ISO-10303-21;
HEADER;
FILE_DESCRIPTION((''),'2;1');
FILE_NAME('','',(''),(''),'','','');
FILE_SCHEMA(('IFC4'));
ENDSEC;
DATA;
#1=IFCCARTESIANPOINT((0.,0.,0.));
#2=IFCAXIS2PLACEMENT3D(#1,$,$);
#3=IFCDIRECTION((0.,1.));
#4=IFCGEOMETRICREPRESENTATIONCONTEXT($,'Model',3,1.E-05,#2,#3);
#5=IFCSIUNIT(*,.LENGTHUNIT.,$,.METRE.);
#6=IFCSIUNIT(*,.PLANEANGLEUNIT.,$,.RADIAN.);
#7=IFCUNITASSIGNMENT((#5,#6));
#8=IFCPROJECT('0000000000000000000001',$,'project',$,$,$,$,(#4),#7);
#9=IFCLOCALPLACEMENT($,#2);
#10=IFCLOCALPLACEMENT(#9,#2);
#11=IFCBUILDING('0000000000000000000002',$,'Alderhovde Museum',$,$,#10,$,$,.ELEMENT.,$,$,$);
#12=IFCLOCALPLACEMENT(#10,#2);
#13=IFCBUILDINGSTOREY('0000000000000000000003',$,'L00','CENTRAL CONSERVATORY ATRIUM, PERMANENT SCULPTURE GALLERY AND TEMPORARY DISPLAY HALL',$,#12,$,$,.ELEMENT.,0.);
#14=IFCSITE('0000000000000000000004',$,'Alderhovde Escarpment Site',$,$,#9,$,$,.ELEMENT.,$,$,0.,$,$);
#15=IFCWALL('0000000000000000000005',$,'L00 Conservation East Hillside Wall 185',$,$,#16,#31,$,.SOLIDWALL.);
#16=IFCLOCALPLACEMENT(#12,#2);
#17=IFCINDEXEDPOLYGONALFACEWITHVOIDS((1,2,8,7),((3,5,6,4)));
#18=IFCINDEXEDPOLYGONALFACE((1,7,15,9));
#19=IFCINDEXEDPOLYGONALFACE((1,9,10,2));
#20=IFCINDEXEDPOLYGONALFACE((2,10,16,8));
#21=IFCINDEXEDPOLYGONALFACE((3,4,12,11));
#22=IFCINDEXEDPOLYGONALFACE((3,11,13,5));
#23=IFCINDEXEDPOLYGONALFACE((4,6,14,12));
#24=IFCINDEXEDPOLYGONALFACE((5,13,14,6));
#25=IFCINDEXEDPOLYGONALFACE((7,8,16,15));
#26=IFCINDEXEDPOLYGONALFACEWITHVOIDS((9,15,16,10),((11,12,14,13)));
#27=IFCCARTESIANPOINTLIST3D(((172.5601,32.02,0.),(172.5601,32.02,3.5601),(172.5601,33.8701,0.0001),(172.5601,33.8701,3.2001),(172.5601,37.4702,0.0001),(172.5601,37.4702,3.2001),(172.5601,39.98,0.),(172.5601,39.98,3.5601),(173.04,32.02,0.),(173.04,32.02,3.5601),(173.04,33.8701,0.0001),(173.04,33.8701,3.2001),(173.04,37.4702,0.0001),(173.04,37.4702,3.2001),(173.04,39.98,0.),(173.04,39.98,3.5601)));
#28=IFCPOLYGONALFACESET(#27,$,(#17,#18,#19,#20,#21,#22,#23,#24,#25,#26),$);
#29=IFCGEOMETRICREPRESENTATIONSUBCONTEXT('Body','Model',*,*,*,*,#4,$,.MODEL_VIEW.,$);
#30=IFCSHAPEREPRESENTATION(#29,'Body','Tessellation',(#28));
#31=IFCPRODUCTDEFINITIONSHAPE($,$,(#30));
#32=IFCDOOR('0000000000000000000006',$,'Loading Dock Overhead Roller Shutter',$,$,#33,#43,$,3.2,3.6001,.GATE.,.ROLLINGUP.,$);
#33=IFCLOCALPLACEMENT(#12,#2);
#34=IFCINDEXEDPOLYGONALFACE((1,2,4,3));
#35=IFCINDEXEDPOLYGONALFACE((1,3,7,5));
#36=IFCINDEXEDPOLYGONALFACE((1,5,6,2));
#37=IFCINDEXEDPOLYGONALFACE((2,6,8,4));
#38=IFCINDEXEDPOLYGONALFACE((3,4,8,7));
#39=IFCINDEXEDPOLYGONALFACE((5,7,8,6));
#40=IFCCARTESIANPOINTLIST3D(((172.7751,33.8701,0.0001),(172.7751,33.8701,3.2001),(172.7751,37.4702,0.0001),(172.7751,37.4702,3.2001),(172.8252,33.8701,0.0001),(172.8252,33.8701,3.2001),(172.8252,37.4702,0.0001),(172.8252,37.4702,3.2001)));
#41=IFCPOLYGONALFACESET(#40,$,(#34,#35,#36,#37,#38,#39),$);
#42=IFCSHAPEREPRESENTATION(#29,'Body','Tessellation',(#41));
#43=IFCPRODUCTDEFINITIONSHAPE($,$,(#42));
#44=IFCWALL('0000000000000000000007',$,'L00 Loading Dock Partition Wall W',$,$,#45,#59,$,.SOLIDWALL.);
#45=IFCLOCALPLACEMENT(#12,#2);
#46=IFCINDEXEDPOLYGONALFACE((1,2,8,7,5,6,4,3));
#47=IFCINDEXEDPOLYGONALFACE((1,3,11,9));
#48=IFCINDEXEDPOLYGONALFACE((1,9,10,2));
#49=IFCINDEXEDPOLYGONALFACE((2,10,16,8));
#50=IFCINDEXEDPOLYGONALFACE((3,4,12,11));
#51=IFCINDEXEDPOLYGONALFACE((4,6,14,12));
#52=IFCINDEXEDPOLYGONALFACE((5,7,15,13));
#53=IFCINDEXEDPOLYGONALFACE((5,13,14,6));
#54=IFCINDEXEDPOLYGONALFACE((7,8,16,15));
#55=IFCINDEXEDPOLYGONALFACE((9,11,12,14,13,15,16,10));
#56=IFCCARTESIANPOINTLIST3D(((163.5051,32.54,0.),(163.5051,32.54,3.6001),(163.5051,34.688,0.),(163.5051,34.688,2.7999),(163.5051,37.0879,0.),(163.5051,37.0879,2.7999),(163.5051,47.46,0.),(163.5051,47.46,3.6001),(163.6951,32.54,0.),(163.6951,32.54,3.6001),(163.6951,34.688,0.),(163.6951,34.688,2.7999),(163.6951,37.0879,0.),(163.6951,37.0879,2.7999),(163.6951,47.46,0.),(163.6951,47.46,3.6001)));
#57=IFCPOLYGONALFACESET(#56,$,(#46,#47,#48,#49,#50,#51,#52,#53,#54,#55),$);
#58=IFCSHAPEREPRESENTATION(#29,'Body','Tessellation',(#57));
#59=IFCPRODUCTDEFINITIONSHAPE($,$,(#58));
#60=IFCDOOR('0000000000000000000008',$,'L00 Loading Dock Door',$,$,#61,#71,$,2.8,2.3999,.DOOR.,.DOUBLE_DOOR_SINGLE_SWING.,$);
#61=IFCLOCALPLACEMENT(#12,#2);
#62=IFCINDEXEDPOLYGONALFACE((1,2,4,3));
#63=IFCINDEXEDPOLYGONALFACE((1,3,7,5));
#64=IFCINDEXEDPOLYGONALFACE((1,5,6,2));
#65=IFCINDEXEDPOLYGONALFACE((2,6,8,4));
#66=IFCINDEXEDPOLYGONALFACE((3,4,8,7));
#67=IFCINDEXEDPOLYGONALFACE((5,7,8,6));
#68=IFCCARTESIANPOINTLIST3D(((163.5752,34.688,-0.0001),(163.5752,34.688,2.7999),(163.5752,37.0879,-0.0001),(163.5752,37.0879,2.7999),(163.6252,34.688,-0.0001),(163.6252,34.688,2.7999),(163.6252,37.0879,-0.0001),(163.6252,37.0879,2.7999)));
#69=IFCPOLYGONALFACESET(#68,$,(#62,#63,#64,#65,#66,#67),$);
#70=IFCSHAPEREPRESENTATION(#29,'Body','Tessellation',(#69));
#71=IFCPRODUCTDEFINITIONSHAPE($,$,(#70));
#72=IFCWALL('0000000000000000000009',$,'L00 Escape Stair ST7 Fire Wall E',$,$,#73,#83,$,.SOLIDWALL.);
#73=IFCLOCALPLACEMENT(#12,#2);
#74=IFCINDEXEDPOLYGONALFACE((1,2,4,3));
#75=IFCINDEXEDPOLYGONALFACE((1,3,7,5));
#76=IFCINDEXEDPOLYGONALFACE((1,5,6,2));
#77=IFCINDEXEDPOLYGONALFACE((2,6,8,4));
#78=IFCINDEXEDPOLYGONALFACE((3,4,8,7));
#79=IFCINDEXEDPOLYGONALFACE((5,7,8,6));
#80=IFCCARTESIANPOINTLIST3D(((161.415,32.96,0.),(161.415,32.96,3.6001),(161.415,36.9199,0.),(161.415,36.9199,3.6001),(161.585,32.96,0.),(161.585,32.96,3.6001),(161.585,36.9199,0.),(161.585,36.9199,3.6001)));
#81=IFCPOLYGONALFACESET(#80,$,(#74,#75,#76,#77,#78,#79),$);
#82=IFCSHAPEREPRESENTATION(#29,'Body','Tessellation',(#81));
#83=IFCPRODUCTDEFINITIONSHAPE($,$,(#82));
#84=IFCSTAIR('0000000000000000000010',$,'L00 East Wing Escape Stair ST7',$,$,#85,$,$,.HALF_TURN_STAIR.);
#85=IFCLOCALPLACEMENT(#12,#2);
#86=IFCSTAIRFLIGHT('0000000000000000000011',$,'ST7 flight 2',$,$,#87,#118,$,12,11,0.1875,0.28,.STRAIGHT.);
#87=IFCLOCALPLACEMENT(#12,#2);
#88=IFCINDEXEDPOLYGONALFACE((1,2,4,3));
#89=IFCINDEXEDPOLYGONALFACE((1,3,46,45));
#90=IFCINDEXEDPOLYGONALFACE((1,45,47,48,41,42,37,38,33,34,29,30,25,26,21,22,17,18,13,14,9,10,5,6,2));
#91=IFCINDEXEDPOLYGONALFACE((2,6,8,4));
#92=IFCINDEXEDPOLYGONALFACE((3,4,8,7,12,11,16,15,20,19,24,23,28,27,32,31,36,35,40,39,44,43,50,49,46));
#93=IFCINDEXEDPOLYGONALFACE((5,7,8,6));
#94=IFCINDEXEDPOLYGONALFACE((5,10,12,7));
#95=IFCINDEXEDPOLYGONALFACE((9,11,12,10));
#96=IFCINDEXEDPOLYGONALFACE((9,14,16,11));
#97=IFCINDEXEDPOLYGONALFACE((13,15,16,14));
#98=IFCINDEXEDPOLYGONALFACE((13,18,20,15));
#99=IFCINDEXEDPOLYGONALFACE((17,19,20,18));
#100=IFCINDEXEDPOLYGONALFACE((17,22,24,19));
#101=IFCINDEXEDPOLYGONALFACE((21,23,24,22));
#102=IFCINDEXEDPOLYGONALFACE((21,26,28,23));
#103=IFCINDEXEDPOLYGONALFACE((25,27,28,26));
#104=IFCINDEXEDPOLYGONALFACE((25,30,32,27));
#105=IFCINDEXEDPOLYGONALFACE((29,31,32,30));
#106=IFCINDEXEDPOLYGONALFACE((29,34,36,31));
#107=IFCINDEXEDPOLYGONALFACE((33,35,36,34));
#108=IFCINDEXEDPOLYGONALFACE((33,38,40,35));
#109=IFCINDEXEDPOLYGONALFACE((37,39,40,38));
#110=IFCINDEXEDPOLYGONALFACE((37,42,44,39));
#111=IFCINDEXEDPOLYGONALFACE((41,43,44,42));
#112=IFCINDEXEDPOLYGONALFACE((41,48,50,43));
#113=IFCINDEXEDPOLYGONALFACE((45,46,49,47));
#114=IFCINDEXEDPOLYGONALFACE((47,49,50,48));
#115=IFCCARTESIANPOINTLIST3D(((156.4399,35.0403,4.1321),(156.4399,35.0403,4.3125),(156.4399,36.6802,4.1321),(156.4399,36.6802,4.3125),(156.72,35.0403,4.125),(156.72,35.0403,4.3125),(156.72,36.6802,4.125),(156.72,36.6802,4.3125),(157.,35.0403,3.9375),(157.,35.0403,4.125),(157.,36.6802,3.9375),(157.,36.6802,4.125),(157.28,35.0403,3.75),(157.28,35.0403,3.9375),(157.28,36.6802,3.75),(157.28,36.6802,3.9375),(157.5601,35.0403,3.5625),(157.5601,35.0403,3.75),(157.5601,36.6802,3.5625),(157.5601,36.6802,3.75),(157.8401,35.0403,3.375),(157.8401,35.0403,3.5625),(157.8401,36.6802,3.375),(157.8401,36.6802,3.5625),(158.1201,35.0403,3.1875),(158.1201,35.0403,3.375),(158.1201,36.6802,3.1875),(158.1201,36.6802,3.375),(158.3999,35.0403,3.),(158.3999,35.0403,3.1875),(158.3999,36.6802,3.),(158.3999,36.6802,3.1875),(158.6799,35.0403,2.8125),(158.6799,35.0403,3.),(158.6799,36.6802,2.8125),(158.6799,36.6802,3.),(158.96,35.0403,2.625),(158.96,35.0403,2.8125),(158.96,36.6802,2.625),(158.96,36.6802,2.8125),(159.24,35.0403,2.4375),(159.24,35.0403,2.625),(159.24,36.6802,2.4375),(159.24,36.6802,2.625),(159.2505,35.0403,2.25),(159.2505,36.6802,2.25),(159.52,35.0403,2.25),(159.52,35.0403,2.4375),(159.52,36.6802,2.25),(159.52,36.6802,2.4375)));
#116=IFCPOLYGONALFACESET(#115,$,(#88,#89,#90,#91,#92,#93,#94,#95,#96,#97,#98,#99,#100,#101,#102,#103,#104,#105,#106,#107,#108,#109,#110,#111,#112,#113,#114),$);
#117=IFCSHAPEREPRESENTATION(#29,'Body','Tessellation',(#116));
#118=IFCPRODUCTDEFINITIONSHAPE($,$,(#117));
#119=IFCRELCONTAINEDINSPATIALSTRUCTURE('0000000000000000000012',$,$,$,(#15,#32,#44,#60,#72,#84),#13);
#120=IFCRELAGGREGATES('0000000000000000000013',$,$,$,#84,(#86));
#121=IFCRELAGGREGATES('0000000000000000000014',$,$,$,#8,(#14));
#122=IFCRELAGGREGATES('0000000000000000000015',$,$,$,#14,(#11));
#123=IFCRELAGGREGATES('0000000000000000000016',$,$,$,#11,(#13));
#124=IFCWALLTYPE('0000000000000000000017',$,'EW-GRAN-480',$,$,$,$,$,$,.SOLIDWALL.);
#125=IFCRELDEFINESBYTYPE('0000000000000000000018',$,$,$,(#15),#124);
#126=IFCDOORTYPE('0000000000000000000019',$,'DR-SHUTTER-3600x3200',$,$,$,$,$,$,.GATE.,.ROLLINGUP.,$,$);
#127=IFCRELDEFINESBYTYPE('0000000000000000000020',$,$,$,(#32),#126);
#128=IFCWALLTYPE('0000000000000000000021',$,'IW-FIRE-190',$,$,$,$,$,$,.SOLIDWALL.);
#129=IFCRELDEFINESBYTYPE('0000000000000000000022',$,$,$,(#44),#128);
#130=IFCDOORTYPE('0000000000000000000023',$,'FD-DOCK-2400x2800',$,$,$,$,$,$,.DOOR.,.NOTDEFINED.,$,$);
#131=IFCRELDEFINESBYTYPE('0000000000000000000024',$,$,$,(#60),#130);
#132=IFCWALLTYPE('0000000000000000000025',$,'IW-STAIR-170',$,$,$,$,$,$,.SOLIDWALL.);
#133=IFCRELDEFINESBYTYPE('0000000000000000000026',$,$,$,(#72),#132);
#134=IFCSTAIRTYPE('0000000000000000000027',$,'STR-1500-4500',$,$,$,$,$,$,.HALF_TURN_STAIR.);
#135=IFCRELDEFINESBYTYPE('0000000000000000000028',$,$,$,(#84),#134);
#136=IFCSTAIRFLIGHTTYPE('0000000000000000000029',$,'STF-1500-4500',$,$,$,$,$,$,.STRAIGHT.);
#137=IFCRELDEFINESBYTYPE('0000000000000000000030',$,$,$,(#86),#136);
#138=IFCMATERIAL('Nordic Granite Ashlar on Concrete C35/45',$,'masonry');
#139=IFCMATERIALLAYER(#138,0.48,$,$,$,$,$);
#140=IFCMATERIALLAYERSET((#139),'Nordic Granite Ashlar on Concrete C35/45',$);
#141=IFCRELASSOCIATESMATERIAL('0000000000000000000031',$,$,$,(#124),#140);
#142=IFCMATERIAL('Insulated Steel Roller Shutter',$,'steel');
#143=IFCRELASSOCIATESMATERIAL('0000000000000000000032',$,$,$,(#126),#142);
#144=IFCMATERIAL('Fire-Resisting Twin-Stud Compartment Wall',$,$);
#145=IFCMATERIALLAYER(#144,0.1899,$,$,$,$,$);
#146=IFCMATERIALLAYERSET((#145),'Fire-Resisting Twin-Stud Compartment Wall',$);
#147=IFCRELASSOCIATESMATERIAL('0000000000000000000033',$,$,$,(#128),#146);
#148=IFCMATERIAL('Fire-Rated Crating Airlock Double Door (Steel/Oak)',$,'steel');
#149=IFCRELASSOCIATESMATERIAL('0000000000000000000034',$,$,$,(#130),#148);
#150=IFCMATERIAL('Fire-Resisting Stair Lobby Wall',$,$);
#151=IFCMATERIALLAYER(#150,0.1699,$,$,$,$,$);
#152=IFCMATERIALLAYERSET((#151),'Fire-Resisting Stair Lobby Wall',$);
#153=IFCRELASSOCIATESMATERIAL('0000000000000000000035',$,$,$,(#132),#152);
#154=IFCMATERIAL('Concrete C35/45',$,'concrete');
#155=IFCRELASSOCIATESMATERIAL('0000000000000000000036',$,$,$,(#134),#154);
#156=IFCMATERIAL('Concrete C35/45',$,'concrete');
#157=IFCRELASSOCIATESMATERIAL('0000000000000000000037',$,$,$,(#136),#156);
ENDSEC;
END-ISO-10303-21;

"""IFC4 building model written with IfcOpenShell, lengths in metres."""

from ifc_helpers import new_model, si_unit, direction, frame, frame_2d, origin, place, context, subcontext, project, spatial, polyline, rectangle, outline, extrude, material, layer, layer_set, type_object, element, fill, aggregate, save


model = new_model("IFC4")

# Units and contexts
model_context = context("Model", 3, precision=1e-05, world=origin(), true_north=direction((0.0, 1.0)))
body_context = subcontext(model_context, "Body", "Model", "MODEL_VIEW")
ifc_project = project(units=[si_unit("LENGTHUNIT", "METRE"), si_unit("PLANEANGLEUNIT", "RADIAN")], contexts=[model_context])

# Site, building, storey
site_placement = place(None, origin())
site = spatial("IfcSite", under=ifc_project, at=site_placement, Name="Alderhovde Escarpment Site", CompositionType="ELEMENT", RefElevation=0.0)
building_placement = place(site_placement, origin())
building = spatial("IfcBuilding", under=site, at=building_placement, Name="Alderhovde Museum", CompositionType="ELEMENT")
storey_placement = place(building_placement, origin())
storey = spatial("IfcBuildingStorey", under=building, at=storey_placement, Name="L00", Description="CENTRAL CONSERVATORY ATRIUM, PERMANENT SCULPTURE GALLERY AND TEMPORARY DISPLAY HALL", CompositionType="ELEMENT", Elevation=0.0)

# Shared definitions
ifc_material_1 = material(Name="Nordic Granite Ashlar on Concrete C35/45", Category="masonry")
ifc_layer_1 = layer(ifc_material_1, 0.48)
ifc_layer_set_1 = layer_set([ifc_layer_1], Name="Nordic Granite Ashlar on Concrete C35/45")
wall_type_1 = type_object("IfcWallType", Name="EW-GRAN-480", PredefinedType="SOLIDWALL", material=ifc_layer_set_1)

# Walls, openings, doors
wall_1_placement = place(storey_placement, frame((172.8, 32.02, 0.0), z_axis=(0.0, 0.0, 1.0), x_axis=(0.0, 1.0, 0.0)))
wall_1 = element("IfcWall", 1, at=wall_1_placement, inside=storey, type_object=wall_type_1, Name="L00 Conservation East Hillside Wall 185", PredefinedType="SOLIDWALL", context=body_context, shape_type="SweptSolid", body=[
    extrude(rectangle(XDim=7.96, YDim=0.48, at=frame_2d((3.98, 0.0))), origin(), (0.0, 0.0, 1.0), 3.5601),
])
opening_1_placement = place(wall_1_placement, frame((1.8501, 0.0, 0.0)))
opening_1 = element("IfcOpeningElement", 2, at=opening_1_placement, cuts=wall_1, PredefinedType="OPENING", context=body_context, shape_type="SweptSolid", body=[
    extrude(rectangle(XDim=3.6001, YDim=3.2, at=frame_2d((1.8, 1.6001))), frame((0.0, 0.25, 0.0), z_axis=(0.0, -1.0, 0.0), x_axis=(1.0, 0.0, 0.0)), (0.0, 0.0, 1.0), 0.5),
])
ifc_material_2 = material(Name="Insulated Steel Roller Shutter", Category="steel")
door_type_1 = type_object("IfcDoorType", Name="DR-SHUTTER-3600x3200", OperationType="ROLLINGUP", PredefinedType="GATE", material=ifc_material_2)
door_1_placement = place(opening_1_placement, origin())
door_1 = element("IfcDoor", 3, at=door_1_placement, inside=storey, type_object=door_type_1, Name="Loading Dock Overhead Roller Shutter", OperationType="ROLLINGUP", OverallHeight=3.2, OverallWidth=3.6001, PredefinedType="GATE", context=body_context, shape_type="SweptSolid", body=[
    extrude(rectangle(XDim=3.6001, YDim=3.2, at=frame_2d((1.8, 1.6001))), frame((0.0, 0.0249, 0.0), z_axis=(0.0, -1.0, 0.0), x_axis=(1.0, 0.0, 0.0)), (0.0, 0.0, 1.0), 0.05),
])
fill(opening_1, door_1)
ifc_material_3 = material(Name="Fire-Resisting Twin-Stud Compartment Wall")
ifc_layer_2 = layer(ifc_material_3, 0.1899)
ifc_layer_set_2 = layer_set([ifc_layer_2], Name="Fire-Resisting Twin-Stud Compartment Wall")
wall_type_2 = type_object("IfcWallType", Name="IW-FIRE-190", PredefinedType="SOLIDWALL", material=ifc_layer_set_2)
wall_2_placement = place(storey_placement, frame((163.6001, 32.54, 0.0), z_axis=(0.0, 0.0, 1.0), x_axis=(0.0, 1.0, 0.0)))
wall_2 = element("IfcWall", 4, at=wall_2_placement, inside=storey, type_object=wall_type_2, Name="L00 Loading Dock Partition Wall W", PredefinedType="SOLIDWALL", context=body_context, shape_type="SweptSolid", body=[
    extrude(rectangle(XDim=14.9199, YDim=0.1899, at=frame_2d((7.46, 0.0))), origin(), (0.0, 0.0, 1.0), 3.6001),
])
opening_2_placement = place(wall_2_placement, frame((2.1479, 0.0, 0.0)))
opening_2 = element("IfcOpeningElement", 5, at=opening_2_placement, cuts=wall_2, PredefinedType="OPENING", context=body_context, shape_type="SweptSolid", body=[
    extrude(rectangle(XDim=2.3999, YDim=2.8, at=frame_2d((1.2, 1.3999))), frame((0.0, 0.105, 0.0), z_axis=(0.0, -1.0, 0.0), x_axis=(1.0, 0.0, 0.0)), (0.0, 0.0, 1.0), 0.21),
])
ifc_material_4 = material(Name="Fire-Rated Crating Airlock Double Door (Steel/Oak)", Category="steel")
door_type_2 = type_object("IfcDoorType", Name="FD-DOCK-2400x2800", OperationType="NOTDEFINED", PredefinedType="DOOR", material=ifc_material_4)
door_2_placement = place(opening_2_placement, origin())
door_2 = element("IfcDoor", 6, at=door_2_placement, inside=storey, type_object=door_type_2, Name="L00 Loading Dock Door", OperationType="DOUBLE_DOOR_SINGLE_SWING", OverallHeight=2.8, OverallWidth=2.3999, PredefinedType="DOOR", context=body_context, shape_type="SweptSolid", body=[
    extrude(rectangle(XDim=2.3999, YDim=2.8, at=frame_2d((1.2, 1.3999))), frame((0.0, 0.0249, 0.0), z_axis=(0.0, -1.0, 0.0), x_axis=(1.0, 0.0, 0.0)), (0.0, 0.0, 1.0), 0.05),
])
fill(opening_2, door_2)

# Wall
ifc_material_5 = material(Name="Fire-Resisting Stair Lobby Wall")
ifc_layer_3 = layer(ifc_material_5, 0.1699)
ifc_layer_set_3 = layer_set([ifc_layer_3], Name="Fire-Resisting Stair Lobby Wall")
wall_type_3 = type_object("IfcWallType", Name="IW-STAIR-170", PredefinedType="SOLIDWALL", material=ifc_layer_set_3)
wall_3_placement = place(storey_placement, frame((161.5, 32.96, 0.0), z_axis=(0.0, 0.0, 1.0), x_axis=(0.0, 1.0, 0.0)))
element("IfcWall", 7, at=wall_3_placement, inside=storey, type_object=wall_type_3, Name="L00 Escape Stair ST7 Fire Wall E", PredefinedType="SOLIDWALL", context=body_context, shape_type="SweptSolid", body=[
    extrude(rectangle(XDim=3.96, YDim=0.1699, at=frame_2d((1.98, 0.0))), origin(), (0.0, 0.0, 1.0), 3.6001),
])

# Stair, stair flight
ifc_material_6 = material(Name="Concrete C35/45", Category="concrete")
stair_type = type_object("IfcStairType", Name="STR-1500-4500", PredefinedType="HALF_TURN_STAIR", material=ifc_material_6)
stair_placement = place(storey_placement, origin())
stair = element("IfcStair", 8, at=stair_placement, inside=storey, type_object=stair_type, Name="L00 East Wing Escape Stair ST7", PredefinedType="HALF_TURN_STAIR")
ifc_material_7 = material(Name="Concrete C35/45", Category="concrete")
stair_flight_type = type_object("IfcStairFlightType", Name="STF-1500-4500", PredefinedType="STRAIGHT", material=ifc_material_7)
stair_flight_placement = place(storey_placement, frame((159.52, 35.8601, 2.25), z_axis=(0.0, 0.0, 1.0), x_axis=(-1.0, 0.0, 0.0)))
stair_flight = element("IfcStairFlight", 9, at=stair_flight_placement, type_object=stair_flight_type, Name="ST7 flight 2", NumberOfRisers=12, NumberOfTreads=11, PredefinedType="STRAIGHT", RiserHeight=0.1875, TreadLength=0.28, context=body_context, shape_type="SweptSolid", body=[
    extrude(outline(polyline([(0.0, 0.0), (0.0, 0.1875), (0.28, 0.1875), (0.28, 0.375), (0.5601, 0.375), (0.5601, 0.5625), (0.8401, 0.5625), (0.8401, 0.75), (1.1201, 0.75), (1.1201, 0.9375), (1.3999, 0.9375), (1.3999, 1.125), (1.6799, 1.125), (1.6799, 1.3125), (1.96, 1.3125), (1.96, 1.5), (2.24, 1.5), (2.24, 1.6875), (2.52, 1.6875), (2.52, 1.875), (2.8, 1.875), (2.8, 2.0625), (3.0801, 2.0625), (3.0801, 2.25), (3.0801, 1.8821), (0.2695, 0.0), (0.0, 0.0)])), frame((0.0, 0.8198, 0.0), z_axis=(0.0, -1.0, 0.0), x_axis=(1.0, 0.0, 0.0)), (0.0, 0.0, 1.0), 1.6399),
])
aggregate(stair, [stair_flight])

save(model, "model.ifc")
